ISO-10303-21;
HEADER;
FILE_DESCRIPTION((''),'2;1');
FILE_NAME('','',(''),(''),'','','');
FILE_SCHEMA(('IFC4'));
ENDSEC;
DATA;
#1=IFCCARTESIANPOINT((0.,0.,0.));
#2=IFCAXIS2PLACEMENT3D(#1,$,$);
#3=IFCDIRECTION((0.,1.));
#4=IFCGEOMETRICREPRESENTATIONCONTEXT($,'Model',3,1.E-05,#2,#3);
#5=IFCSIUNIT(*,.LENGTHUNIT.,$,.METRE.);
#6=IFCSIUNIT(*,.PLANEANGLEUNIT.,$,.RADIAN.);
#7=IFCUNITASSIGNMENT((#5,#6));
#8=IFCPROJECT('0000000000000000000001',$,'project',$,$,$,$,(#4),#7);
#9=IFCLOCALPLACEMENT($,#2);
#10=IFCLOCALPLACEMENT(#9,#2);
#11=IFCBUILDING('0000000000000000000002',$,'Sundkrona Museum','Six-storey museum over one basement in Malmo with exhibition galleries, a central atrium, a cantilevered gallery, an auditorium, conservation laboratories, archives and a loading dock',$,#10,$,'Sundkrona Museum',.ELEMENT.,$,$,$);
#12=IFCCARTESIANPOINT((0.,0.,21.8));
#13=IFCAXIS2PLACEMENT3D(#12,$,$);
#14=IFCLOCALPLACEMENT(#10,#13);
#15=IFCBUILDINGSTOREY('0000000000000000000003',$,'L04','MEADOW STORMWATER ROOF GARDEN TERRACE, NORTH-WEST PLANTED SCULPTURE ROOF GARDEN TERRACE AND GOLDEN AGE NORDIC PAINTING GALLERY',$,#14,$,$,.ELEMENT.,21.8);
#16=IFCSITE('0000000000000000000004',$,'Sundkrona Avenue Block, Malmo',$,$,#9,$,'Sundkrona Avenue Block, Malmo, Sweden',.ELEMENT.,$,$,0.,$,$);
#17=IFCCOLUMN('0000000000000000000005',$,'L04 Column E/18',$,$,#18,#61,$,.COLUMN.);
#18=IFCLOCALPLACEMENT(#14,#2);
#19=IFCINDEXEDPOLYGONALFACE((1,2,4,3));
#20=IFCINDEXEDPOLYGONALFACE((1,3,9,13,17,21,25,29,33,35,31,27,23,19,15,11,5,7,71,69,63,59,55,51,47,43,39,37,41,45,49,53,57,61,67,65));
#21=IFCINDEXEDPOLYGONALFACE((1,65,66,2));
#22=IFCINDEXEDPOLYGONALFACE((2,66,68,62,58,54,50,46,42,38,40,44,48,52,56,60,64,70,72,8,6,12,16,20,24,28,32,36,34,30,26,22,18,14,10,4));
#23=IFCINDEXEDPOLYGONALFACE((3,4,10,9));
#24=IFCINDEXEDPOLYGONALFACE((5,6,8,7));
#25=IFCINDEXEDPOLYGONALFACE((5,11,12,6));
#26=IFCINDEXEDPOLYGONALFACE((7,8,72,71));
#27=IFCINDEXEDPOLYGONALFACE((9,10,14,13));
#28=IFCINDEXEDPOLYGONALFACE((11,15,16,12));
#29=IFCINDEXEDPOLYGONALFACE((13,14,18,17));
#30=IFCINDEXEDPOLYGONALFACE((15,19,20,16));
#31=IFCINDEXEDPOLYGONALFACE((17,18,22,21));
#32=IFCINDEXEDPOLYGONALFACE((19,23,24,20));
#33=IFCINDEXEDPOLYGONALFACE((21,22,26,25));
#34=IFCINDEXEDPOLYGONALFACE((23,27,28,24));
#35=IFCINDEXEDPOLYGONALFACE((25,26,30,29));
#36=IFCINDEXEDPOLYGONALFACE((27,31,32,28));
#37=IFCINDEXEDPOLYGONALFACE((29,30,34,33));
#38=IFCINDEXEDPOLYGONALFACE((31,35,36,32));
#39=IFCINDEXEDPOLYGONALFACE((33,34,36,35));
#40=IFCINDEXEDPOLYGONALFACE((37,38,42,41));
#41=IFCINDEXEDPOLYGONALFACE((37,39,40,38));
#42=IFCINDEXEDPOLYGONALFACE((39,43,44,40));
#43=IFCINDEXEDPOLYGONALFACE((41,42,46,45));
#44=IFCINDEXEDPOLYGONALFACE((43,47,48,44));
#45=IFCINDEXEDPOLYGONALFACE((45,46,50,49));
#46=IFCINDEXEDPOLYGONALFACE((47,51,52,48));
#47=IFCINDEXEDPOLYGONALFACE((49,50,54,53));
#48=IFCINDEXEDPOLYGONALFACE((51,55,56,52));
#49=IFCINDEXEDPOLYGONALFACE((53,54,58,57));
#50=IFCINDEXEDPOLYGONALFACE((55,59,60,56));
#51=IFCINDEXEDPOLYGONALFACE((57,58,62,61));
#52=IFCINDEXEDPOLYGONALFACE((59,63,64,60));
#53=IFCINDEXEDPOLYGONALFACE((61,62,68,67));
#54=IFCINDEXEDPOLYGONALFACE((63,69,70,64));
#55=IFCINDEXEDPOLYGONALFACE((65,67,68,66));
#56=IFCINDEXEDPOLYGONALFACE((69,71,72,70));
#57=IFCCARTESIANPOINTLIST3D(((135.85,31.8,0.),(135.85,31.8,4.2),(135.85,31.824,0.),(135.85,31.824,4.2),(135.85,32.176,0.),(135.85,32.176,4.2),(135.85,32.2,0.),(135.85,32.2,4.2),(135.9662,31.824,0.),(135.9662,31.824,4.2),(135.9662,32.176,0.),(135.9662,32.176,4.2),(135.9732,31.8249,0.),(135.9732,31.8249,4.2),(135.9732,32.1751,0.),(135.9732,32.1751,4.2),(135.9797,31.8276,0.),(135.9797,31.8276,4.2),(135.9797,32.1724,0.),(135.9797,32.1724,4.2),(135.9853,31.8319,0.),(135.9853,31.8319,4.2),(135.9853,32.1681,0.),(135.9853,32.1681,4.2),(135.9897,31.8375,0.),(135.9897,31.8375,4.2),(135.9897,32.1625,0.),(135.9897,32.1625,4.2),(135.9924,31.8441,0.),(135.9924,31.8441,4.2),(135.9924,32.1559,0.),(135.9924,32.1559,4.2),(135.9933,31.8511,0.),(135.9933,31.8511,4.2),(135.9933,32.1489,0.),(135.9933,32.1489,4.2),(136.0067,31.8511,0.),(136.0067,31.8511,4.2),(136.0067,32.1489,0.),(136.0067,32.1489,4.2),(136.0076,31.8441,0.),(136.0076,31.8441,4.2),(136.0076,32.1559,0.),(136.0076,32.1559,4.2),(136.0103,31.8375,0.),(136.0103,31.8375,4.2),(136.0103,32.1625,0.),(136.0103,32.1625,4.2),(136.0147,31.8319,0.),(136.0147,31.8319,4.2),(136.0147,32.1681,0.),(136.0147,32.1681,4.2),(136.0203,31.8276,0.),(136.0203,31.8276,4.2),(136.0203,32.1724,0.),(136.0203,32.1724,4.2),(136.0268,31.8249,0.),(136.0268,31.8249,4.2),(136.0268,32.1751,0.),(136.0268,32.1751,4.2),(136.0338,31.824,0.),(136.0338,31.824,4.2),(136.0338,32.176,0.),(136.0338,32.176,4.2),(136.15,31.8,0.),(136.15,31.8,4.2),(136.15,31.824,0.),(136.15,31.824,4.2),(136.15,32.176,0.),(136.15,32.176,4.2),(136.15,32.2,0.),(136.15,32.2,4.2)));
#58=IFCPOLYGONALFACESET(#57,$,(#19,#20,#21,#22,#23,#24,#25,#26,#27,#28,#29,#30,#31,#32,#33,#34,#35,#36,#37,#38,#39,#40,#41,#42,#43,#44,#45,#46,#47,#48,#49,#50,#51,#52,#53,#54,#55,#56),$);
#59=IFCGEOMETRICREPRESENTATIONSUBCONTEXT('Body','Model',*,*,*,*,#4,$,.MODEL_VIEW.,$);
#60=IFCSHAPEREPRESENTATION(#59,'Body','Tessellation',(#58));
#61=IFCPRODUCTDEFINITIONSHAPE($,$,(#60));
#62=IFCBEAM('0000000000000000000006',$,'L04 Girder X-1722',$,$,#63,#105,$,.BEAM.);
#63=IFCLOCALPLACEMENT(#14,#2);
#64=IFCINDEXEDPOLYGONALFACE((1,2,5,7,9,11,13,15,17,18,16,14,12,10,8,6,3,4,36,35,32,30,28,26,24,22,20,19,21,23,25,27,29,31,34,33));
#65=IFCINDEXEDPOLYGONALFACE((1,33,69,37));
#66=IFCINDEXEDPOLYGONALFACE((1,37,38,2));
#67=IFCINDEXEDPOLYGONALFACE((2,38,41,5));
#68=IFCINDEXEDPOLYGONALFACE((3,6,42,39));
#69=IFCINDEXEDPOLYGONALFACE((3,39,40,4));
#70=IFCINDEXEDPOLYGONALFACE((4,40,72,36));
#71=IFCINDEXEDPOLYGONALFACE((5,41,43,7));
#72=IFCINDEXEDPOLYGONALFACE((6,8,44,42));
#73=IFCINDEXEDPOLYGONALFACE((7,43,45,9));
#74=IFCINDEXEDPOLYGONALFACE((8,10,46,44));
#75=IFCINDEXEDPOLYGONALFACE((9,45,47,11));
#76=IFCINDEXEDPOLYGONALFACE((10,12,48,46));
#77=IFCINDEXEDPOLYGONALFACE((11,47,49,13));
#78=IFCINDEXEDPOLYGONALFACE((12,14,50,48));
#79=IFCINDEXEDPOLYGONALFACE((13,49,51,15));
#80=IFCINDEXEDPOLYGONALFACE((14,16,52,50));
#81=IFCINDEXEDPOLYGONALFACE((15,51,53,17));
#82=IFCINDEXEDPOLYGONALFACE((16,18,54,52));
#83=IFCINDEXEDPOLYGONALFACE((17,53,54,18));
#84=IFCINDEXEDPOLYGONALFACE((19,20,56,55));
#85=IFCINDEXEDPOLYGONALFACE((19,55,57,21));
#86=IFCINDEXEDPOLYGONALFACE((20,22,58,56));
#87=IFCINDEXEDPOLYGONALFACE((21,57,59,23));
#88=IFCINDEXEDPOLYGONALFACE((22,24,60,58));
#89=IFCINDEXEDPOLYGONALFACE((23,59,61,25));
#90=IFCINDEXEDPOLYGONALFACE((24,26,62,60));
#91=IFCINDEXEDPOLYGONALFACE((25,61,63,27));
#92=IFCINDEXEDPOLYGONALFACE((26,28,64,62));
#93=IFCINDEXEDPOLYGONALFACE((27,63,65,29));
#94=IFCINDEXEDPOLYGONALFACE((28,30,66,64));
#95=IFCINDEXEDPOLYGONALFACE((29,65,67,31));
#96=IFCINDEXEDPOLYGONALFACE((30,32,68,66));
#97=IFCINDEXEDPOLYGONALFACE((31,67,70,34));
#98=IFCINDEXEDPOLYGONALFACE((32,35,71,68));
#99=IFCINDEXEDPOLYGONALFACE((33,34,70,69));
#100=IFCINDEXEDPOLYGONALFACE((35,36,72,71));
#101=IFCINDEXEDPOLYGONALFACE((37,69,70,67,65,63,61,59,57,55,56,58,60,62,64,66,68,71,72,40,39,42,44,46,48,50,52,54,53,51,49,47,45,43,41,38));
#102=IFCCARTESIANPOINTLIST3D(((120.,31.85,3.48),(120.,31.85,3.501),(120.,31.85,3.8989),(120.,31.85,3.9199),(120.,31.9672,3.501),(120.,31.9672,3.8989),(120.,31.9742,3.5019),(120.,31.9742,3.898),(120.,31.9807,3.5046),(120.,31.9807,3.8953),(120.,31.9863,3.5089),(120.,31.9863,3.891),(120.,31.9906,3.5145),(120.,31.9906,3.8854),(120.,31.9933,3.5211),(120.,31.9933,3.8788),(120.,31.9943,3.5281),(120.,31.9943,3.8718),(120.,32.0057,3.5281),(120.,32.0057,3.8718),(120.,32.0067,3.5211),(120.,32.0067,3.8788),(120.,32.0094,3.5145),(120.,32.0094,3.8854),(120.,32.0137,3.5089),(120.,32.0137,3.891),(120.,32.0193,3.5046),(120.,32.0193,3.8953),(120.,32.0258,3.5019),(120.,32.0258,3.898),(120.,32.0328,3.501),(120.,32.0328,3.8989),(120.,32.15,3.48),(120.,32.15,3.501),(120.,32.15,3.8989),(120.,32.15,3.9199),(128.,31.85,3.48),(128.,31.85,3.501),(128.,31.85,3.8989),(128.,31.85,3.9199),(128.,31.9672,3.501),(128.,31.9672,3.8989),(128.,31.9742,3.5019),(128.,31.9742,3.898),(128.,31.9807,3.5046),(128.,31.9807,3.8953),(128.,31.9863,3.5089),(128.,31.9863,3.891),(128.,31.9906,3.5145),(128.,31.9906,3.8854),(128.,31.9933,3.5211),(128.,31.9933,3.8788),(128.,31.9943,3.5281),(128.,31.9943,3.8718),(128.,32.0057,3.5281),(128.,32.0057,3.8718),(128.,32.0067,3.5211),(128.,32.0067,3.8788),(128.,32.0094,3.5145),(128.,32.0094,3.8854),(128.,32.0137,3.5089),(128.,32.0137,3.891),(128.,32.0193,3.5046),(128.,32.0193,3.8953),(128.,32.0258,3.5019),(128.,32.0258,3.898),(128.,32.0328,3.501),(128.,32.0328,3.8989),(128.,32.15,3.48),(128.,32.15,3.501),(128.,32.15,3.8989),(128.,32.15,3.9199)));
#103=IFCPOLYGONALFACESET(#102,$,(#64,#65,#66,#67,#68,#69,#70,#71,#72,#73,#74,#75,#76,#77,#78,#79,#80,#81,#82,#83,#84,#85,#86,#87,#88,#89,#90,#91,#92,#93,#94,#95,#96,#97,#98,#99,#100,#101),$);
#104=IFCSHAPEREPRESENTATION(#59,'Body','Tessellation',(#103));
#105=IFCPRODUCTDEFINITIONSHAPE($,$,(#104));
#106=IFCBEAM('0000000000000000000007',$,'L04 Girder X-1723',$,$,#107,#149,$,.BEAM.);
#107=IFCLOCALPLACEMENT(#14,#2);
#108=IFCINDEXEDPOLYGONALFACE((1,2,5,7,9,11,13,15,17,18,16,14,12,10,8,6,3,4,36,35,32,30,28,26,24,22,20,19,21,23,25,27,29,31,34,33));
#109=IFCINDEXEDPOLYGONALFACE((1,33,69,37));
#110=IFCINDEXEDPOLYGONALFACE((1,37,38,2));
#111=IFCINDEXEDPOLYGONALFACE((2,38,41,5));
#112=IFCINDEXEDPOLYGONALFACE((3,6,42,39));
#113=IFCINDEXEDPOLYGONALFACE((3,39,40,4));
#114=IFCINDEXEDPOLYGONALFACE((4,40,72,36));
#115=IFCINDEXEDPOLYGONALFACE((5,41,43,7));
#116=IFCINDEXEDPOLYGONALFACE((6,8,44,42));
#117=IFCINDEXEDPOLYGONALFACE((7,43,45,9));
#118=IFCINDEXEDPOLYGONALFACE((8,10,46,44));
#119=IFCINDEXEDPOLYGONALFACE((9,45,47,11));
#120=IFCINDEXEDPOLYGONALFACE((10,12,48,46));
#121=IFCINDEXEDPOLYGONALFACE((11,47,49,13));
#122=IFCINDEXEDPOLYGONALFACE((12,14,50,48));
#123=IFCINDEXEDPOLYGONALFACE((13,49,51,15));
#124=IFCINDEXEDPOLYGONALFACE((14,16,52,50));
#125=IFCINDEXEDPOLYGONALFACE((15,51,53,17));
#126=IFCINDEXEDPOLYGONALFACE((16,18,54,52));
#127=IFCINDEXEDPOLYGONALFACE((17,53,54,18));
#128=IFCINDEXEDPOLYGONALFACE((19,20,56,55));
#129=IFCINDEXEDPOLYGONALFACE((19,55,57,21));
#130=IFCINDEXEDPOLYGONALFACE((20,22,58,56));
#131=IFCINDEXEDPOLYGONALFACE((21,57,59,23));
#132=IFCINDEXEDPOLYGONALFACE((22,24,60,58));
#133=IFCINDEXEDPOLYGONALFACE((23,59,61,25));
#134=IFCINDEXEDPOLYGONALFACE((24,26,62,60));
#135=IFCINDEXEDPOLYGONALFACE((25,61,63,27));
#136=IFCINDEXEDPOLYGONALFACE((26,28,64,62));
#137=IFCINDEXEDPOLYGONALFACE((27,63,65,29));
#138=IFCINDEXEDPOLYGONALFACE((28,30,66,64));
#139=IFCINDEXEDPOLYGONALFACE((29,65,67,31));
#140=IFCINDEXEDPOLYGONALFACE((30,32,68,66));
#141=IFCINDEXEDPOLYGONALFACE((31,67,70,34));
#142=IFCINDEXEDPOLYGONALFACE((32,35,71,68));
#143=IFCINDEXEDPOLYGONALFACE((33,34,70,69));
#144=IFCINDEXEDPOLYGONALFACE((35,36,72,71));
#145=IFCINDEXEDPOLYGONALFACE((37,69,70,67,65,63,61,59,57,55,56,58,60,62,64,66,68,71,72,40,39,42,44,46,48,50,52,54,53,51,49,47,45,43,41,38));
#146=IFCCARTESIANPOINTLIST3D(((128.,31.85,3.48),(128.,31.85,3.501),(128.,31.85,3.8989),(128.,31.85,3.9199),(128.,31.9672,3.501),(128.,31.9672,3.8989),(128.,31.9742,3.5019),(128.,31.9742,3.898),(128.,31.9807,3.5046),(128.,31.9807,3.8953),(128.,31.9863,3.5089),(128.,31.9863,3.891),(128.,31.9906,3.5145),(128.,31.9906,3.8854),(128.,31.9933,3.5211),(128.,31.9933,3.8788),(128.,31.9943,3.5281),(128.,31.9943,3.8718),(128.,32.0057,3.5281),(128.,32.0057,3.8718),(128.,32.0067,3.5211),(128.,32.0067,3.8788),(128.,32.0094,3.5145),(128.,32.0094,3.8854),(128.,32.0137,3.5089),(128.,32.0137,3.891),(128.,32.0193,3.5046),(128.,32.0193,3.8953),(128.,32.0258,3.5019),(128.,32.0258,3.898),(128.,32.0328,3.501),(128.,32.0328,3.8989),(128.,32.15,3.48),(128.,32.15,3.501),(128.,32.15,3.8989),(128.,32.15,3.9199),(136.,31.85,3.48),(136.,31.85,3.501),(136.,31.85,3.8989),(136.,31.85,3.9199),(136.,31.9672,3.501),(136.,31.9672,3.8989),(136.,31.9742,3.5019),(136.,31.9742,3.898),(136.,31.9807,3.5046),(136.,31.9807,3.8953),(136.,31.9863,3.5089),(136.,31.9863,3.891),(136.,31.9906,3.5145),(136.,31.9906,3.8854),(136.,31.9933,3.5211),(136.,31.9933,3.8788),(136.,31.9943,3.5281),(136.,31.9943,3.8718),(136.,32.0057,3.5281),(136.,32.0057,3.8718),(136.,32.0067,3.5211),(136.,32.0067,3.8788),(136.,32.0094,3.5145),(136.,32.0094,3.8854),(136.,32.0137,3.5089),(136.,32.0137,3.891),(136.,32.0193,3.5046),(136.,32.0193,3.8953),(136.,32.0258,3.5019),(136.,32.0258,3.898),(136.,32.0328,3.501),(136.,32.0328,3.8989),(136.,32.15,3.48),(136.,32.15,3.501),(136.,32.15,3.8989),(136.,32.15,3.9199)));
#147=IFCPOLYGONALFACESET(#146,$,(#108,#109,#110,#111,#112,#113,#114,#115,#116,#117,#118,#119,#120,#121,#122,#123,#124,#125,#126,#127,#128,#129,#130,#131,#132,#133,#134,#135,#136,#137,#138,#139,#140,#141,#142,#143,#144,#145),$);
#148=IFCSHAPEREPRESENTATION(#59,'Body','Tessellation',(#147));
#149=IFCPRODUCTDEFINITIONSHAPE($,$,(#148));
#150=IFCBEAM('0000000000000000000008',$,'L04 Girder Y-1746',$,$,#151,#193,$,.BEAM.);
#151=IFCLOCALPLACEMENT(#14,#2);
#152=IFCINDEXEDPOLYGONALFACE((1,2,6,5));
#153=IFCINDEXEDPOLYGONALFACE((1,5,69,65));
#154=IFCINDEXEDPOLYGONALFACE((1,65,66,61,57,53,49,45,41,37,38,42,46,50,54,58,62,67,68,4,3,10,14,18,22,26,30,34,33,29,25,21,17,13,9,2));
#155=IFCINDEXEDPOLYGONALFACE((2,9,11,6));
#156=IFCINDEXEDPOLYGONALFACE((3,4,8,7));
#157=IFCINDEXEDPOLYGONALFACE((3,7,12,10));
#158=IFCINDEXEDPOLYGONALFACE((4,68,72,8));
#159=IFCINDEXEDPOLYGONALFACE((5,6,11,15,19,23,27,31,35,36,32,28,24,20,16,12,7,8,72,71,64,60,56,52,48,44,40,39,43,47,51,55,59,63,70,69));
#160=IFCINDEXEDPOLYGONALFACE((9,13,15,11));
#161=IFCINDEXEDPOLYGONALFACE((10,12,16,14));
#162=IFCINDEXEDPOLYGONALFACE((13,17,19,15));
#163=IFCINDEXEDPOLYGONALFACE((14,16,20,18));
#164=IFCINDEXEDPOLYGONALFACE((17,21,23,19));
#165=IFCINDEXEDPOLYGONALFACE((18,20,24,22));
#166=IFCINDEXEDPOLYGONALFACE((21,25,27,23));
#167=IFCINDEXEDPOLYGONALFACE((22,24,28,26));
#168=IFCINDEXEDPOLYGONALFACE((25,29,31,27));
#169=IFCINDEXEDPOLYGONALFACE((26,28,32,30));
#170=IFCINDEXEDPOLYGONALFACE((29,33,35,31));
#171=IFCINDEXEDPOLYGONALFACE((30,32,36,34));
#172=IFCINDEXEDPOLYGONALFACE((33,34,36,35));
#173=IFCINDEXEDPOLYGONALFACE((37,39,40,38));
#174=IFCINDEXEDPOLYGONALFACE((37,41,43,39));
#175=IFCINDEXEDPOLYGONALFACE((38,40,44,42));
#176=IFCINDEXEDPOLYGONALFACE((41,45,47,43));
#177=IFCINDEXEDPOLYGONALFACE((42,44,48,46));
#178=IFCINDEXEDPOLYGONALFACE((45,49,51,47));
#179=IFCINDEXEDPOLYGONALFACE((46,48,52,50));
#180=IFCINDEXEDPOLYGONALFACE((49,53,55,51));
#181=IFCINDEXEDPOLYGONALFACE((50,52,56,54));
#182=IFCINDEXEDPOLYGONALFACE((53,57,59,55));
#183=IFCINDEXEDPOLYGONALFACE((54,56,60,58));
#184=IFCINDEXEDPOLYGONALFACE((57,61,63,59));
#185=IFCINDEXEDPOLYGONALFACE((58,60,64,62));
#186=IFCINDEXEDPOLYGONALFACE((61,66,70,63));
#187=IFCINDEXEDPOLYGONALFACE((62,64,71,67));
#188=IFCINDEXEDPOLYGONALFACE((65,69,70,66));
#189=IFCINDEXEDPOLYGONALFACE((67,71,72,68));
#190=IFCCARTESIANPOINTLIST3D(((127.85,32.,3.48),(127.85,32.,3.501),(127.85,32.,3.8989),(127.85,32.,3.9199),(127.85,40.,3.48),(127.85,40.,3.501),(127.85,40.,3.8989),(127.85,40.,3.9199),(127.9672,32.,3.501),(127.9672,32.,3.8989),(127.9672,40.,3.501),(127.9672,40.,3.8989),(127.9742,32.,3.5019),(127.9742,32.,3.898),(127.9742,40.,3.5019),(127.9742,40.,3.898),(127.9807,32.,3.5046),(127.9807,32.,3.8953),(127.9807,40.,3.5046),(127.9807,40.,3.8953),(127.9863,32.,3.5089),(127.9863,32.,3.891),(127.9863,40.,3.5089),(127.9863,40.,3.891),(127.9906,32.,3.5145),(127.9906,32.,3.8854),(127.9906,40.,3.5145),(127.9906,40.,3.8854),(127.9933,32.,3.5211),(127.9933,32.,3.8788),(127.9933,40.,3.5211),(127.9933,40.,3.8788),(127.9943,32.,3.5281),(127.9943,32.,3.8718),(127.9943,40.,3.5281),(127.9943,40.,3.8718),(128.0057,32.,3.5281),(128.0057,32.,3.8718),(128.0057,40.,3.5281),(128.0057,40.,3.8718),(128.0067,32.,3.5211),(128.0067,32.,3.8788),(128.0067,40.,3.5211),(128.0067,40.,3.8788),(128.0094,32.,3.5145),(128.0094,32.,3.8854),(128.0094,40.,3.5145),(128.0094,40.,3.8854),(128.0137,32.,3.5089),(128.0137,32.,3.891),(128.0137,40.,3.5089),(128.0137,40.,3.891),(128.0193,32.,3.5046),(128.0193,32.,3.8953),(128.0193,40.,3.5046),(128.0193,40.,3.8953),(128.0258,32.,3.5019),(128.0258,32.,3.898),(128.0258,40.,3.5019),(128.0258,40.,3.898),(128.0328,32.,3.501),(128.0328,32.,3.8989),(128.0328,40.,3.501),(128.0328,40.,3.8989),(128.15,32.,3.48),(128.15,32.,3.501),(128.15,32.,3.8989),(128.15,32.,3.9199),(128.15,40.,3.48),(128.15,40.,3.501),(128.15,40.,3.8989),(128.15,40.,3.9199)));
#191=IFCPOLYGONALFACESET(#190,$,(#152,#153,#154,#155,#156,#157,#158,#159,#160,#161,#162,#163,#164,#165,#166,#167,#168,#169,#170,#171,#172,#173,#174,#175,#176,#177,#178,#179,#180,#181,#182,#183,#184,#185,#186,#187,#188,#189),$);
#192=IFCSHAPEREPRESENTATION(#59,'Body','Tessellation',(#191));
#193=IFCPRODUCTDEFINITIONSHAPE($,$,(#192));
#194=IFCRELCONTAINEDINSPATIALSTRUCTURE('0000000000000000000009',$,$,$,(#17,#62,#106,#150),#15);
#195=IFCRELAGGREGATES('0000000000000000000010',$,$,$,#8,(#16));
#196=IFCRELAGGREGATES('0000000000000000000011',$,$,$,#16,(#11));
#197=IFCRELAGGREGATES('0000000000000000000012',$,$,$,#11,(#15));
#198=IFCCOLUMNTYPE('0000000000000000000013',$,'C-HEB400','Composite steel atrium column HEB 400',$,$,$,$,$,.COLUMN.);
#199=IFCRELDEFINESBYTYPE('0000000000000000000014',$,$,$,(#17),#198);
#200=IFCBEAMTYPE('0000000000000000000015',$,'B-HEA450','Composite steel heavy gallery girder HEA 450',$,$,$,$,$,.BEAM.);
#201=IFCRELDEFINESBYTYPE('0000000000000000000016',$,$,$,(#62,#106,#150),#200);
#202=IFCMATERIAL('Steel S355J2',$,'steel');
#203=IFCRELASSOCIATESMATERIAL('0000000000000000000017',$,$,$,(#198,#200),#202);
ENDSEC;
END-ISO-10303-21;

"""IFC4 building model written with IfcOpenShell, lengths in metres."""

from ifc_helpers import new_model, si_unit, direction, frame, origin, origin_2d, place, context, subcontext, project, spatial, i_section, extrude, material, material_profile, profile_set, type_object, element, save


model = new_model("IFC4")

# Units and contexts
model_context = context("Model", 3, precision=1e-05, world=origin(), true_north=direction((0.0, 1.0)))
body_context = subcontext(model_context, "Body", "Model", "MODEL_VIEW")
ifc_project = project(units=[si_unit("LENGTHUNIT", "METRE"), si_unit("PLANEANGLEUNIT", "RADIAN")], contexts=[model_context])

# Site, building, storey
site_placement = place(None, origin())
site = spatial("IfcSite", under=ifc_project, at=site_placement, Name="Sundkrona Avenue Block, Malmo", LongName="Sundkrona Avenue Block, Malmo, Sweden", CompositionType="ELEMENT", RefElevation=0.0)
building_placement = place(site_placement, origin())
building = spatial("IfcBuilding", under=site, at=building_placement, Name="Sundkrona Museum", Description="Six-storey museum over one basement in Malmo with exhibition galleries, a central atrium, a cantilevered gallery, an auditorium, conservation laboratories, archives and a loading dock", LongName="Sundkrona Museum", CompositionType="ELEMENT")
storey_placement = place(building_placement, frame((0.0, 0.0, 21.8)))
storey = spatial("IfcBuildingStorey", under=building, at=storey_placement, Name="L04", Description="MEADOW STORMWATER ROOF GARDEN TERRACE, NORTH-WEST PLANTED SCULPTURE ROOF GARDEN TERRACE AND GOLDEN AGE NORDIC PAINTING GALLERY", CompositionType="ELEMENT", Elevation=21.8)

# Column
ifc_material_1 = material(Name="Steel S355J2", Category="steel")
ifc_material_profile_1 = material_profile(ifc_material_1, i_section(OverallWidth=0.3, OverallDepth=0.3999, WebThickness=0.0134, FlangeThickness=0.0239, FilletRadius=0.0271, at=origin_2d()), Name="HEB 400")
ifc_profile_set_1 = profile_set([ifc_material_profile_1], Name="Steel S355J2")
column_type_1 = type_object("IfcColumnType", Name="C-HEB400", Description="Composite steel atrium column HEB 400", PredefinedType="COLUMN", material=ifc_profile_set_1)
for number, where, z_axis, x_axis, name in (
    (1, (136.0, 32.0, 0.0), (0.0, 0.0, 1.0), (1.0, 0.0, 0.0), "L04 Column E/18"),
):
    element("IfcColumn", number, at=place(storey_placement, frame(where, z_axis=z_axis, x_axis=x_axis)), inside=storey, type_object=column_type_1, Name=name, PredefinedType="COLUMN", context=body_context, shape_type="SweptSolid", body=[
        extrude(i_section(OverallWidth=0.3, OverallDepth=0.3999, WebThickness=0.0134, FlangeThickness=0.0239, FilletRadius=0.0271, at=origin_2d()), origin(), (0.0, 0.0, 1.0), 4.2),
    ])

# Beams
ifc_material_profile_2 = material_profile(ifc_material_1, i_section(OverallWidth=0.3, OverallDepth=0.4399, WebThickness=0.0115, FlangeThickness=0.021, FilletRadius=0.0271, at=origin_2d()), Name="HEA 450")
ifc_profile_set_2 = profile_set([ifc_material_profile_2], Name="Steel S355J2")
beam_type_1 = type_object("IfcBeamType", Name="B-HEA450", Description="Composite steel heavy gallery girder HEA 450", PredefinedType="BEAM", material=ifc_profile_set_2)
for number, where, z_axis, x_axis, name in (
    (2, (120.0, 32.0, 3.7), (1.0, 0.0, 0.0), (0.0, 1.0, 0.0), "L04 Girder X-1722"),
    (3, (128.0, 32.0, 3.7), (1.0, 0.0, 0.0), (0.0, 1.0, 0.0), "L04 Girder X-1723"),
    (4, (128.0, 32.0, 3.7), (0.0, 1.0, 0.0), (-1.0, 0.0, 0.0), "L04 Girder Y-1746"),
):
    element("IfcBeam", number, at=place(storey_placement, frame(where, z_axis=z_axis, x_axis=x_axis)), inside=storey, type_object=beam_type_1, Name=name, PredefinedType="BEAM", context=body_context, shape_type="SweptSolid", body=[
        extrude(i_section(OverallWidth=0.3, OverallDepth=0.4399, WebThickness=0.0115, FlangeThickness=0.021, FilletRadius=0.0271, at=origin_2d()), origin(), (0.0, 0.0, 1.0), 8.0),
    ])

save(model, "model.ifc")
